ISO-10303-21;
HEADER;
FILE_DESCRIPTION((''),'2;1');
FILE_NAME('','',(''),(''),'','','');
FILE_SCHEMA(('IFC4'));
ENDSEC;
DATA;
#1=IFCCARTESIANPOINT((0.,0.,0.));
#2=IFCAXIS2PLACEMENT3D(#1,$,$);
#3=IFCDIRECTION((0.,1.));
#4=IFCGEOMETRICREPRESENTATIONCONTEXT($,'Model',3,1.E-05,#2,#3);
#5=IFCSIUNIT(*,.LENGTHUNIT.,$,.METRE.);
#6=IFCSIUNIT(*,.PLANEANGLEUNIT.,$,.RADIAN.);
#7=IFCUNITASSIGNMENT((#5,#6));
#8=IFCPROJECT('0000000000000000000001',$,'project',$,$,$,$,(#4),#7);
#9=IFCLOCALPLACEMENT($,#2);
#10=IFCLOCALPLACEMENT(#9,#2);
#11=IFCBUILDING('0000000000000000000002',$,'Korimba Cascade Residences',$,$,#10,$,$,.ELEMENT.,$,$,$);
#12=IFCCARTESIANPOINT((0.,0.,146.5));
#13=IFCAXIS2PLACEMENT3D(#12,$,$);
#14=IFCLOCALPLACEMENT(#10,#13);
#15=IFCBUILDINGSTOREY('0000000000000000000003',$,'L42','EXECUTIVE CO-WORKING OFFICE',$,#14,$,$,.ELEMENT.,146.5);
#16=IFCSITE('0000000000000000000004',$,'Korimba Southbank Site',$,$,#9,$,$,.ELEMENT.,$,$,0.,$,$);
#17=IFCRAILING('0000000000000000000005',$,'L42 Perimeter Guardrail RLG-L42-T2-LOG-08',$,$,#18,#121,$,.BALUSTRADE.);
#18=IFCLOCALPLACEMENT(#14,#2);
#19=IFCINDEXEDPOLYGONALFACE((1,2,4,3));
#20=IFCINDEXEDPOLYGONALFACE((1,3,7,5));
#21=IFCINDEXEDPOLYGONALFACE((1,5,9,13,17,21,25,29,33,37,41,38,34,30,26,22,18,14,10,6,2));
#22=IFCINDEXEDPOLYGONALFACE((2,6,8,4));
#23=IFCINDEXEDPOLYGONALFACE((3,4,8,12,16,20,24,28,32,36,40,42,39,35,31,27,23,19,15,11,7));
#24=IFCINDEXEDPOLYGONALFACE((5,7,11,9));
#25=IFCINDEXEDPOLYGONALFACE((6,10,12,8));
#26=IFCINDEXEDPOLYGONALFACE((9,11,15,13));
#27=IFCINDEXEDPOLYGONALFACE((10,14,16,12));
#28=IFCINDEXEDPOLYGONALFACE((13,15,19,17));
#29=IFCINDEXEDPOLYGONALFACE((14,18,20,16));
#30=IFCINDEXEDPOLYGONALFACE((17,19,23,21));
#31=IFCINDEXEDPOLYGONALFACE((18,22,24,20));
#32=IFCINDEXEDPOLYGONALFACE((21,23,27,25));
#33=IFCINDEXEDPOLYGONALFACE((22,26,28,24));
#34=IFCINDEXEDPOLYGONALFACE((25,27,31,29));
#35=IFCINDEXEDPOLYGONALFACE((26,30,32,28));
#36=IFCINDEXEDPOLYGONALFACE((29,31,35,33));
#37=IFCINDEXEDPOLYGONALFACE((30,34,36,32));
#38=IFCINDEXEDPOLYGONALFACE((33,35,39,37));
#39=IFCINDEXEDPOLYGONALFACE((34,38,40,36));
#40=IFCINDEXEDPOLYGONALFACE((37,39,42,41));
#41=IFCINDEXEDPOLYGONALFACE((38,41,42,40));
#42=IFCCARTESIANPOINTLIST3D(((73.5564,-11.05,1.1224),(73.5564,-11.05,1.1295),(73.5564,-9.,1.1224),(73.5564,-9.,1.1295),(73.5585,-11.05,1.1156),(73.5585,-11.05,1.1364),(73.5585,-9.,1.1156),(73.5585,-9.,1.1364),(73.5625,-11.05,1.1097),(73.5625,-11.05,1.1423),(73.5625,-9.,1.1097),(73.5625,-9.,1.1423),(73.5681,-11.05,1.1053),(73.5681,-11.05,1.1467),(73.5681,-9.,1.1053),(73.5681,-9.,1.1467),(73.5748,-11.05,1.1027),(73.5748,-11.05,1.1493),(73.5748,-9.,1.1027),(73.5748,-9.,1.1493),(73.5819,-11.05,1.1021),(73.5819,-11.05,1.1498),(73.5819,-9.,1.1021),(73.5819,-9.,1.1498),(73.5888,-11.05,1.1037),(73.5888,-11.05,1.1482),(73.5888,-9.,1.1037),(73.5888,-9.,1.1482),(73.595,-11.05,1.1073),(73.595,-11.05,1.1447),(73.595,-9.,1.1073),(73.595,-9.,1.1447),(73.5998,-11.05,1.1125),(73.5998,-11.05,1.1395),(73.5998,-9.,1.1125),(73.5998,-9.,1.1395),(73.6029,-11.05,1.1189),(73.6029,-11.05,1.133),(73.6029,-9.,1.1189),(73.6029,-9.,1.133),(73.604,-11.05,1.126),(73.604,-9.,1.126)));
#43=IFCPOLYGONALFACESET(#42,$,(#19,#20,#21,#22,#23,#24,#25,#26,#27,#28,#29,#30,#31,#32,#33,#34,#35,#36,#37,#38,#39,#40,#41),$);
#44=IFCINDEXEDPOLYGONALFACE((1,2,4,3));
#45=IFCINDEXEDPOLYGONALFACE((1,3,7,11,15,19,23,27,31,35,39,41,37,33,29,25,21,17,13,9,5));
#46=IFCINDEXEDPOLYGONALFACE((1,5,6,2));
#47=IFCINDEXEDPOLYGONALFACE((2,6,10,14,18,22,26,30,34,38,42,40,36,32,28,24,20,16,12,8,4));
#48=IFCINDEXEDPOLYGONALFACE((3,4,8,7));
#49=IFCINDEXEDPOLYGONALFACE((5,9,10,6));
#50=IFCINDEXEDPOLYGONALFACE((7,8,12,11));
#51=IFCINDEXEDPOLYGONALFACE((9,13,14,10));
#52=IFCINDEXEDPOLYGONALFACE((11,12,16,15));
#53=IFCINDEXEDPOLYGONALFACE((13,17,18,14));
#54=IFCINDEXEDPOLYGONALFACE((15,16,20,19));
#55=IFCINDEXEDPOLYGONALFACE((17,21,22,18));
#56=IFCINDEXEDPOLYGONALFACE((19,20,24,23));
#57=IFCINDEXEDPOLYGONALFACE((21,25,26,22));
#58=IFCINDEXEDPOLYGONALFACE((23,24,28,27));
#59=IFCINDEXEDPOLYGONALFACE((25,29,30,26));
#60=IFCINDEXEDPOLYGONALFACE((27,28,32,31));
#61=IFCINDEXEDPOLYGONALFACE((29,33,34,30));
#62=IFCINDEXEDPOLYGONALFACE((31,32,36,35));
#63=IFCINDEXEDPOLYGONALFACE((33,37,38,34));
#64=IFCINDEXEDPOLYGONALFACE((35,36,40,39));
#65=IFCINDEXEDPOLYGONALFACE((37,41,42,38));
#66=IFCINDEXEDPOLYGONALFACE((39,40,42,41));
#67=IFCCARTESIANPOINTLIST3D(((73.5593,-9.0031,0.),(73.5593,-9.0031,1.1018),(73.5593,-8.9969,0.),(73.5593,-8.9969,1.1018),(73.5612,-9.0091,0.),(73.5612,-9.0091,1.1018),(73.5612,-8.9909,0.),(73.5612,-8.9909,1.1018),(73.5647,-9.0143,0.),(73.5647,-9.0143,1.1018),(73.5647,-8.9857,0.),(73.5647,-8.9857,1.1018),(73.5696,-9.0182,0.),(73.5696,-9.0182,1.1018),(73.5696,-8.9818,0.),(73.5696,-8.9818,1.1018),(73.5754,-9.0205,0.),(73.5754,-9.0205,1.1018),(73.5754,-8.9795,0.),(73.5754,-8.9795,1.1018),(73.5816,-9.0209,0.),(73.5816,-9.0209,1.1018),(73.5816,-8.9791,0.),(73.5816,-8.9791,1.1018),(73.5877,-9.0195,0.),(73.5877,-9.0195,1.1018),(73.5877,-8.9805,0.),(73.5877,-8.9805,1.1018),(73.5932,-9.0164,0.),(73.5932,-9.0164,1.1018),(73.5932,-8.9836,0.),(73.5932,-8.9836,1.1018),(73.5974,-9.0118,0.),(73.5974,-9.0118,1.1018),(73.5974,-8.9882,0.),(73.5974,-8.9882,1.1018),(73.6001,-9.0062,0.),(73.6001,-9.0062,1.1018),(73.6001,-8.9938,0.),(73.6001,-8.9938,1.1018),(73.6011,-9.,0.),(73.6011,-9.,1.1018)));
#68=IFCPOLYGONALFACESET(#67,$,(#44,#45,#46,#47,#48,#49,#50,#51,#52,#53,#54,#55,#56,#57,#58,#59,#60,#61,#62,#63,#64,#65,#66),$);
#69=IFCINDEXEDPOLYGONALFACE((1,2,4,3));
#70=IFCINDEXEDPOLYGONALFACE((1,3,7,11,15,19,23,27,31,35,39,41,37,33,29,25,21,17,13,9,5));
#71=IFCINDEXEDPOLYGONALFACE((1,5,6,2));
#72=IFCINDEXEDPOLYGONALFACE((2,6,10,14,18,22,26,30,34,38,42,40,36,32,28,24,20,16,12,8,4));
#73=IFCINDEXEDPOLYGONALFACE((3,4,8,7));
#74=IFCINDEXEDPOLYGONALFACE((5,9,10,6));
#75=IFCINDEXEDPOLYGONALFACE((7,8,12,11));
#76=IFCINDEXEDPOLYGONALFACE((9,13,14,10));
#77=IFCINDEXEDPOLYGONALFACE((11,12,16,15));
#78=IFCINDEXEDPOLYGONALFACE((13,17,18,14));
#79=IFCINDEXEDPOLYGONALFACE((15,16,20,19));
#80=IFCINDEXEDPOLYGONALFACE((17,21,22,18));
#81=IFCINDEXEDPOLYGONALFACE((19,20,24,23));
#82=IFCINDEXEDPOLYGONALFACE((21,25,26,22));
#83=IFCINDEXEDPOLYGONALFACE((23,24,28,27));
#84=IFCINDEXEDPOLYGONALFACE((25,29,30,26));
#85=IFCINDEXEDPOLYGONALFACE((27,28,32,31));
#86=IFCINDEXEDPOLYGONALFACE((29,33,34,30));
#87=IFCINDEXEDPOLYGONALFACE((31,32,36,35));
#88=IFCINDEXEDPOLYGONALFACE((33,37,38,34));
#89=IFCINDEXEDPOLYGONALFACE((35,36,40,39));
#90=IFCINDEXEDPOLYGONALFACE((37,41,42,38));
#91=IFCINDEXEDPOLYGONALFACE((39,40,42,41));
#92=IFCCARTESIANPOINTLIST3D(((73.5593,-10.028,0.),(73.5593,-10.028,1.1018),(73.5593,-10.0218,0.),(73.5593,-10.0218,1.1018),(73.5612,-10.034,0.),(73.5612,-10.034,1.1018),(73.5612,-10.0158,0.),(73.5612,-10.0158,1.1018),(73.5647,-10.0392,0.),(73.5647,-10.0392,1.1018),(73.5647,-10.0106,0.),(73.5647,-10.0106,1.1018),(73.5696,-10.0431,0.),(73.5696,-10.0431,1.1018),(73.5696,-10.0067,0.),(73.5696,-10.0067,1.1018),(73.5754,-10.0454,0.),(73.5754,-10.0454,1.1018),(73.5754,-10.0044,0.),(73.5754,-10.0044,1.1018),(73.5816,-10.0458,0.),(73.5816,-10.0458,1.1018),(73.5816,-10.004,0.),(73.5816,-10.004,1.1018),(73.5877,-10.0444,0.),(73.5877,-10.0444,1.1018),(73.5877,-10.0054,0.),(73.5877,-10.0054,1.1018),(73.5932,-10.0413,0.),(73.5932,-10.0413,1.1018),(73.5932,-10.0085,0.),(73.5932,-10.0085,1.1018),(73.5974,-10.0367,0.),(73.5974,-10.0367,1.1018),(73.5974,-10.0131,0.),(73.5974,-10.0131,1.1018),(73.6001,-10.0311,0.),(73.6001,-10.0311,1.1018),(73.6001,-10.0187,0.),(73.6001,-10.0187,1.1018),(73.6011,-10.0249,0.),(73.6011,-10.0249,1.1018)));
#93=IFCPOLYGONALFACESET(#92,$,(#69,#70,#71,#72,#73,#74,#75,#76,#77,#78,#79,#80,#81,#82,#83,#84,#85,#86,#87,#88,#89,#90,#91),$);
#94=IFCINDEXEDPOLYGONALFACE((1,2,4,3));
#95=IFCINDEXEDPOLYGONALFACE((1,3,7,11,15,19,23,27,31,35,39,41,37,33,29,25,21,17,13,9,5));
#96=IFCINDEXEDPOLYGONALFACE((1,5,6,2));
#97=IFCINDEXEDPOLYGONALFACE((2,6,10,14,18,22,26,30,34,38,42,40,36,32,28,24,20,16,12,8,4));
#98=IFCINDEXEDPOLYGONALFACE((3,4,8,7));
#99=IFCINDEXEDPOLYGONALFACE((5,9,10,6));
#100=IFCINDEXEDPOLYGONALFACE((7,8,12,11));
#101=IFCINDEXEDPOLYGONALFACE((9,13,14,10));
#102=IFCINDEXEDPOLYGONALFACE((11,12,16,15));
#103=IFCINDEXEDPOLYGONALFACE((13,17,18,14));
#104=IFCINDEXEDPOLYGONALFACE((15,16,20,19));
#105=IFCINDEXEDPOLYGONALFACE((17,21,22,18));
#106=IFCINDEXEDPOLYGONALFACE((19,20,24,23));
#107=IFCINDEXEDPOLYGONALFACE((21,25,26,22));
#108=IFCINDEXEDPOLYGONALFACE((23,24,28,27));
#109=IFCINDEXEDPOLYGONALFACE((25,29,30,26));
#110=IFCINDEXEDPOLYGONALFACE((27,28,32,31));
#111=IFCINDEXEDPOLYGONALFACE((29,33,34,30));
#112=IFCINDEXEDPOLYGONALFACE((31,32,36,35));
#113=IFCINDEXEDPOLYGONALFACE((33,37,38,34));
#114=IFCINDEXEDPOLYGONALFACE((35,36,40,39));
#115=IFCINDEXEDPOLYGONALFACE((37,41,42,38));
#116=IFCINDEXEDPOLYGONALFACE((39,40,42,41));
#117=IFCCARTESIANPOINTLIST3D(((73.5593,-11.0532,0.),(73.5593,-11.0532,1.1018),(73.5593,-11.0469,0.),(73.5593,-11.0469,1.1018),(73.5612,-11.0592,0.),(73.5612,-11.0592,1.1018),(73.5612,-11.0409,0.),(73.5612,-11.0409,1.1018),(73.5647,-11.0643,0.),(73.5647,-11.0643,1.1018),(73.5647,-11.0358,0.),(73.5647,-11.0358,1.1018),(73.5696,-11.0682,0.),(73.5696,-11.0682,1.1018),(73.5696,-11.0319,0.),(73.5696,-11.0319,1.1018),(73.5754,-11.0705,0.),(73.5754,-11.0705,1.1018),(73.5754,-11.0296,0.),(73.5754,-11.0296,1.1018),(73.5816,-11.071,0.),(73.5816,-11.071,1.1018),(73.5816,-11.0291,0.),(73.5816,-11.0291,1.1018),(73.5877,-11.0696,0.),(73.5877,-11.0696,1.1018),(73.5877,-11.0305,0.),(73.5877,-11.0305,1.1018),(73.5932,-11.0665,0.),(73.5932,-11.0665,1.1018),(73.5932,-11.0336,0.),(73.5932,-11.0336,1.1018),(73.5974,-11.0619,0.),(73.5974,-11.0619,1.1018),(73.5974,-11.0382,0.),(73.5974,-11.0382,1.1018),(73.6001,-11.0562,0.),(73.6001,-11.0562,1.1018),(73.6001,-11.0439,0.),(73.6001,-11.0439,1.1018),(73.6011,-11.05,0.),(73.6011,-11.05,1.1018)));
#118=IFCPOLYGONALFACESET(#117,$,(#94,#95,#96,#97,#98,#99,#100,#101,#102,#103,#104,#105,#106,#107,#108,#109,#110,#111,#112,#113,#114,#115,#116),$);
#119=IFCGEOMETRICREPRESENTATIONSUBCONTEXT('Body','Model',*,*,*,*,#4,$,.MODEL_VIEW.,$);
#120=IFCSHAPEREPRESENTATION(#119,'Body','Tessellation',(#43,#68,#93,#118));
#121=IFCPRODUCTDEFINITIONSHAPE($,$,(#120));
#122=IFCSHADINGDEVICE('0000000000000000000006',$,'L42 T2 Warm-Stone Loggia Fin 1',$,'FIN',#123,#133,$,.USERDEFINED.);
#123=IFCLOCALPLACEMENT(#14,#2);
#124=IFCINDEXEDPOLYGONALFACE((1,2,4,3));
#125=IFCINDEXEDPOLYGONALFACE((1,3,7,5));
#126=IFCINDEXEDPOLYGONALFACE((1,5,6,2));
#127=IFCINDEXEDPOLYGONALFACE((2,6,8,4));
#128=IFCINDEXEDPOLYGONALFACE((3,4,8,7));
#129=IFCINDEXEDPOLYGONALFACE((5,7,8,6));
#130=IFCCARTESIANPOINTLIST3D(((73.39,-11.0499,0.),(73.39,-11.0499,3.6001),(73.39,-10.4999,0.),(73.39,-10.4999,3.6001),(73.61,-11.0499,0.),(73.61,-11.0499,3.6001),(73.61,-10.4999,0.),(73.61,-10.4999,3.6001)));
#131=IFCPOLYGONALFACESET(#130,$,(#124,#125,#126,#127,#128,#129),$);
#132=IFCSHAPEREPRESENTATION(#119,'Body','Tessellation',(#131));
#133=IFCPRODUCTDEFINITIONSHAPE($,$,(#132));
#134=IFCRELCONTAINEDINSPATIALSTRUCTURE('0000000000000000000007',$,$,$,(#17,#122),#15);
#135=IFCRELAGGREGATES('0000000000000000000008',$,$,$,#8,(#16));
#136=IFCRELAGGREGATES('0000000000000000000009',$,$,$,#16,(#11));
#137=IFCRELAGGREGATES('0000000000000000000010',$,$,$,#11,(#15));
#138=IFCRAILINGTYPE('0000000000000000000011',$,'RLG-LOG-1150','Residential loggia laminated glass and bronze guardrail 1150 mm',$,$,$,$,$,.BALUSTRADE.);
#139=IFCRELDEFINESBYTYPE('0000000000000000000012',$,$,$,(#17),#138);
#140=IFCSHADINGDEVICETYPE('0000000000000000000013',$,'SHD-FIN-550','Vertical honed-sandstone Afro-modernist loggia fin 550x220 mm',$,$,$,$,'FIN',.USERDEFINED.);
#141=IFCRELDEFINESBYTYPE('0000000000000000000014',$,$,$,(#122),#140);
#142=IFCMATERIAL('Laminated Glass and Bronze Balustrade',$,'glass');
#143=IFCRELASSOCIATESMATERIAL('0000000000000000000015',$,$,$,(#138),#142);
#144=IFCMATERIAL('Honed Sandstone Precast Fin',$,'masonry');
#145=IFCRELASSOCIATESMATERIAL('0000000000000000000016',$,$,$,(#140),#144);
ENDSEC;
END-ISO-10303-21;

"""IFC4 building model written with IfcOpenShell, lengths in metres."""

from ifc_helpers import new_model, si_unit, direction, frame, origin, origin_2d, place, context, subcontext, project, spatial, rectangle, circle, extrude, material, type_object, element, save


model = new_model("IFC4")

# Units and contexts
model_context = context("Model", 3, precision=1e-05, world=origin(), true_north=direction((0.0, 1.0)))
body_context = subcontext(model_context, "Body", "Model", "MODEL_VIEW")
ifc_project = project(units=[si_unit("LENGTHUNIT", "METRE"), si_unit("PLANEANGLEUNIT", "RADIAN")], contexts=[model_context])

# Site, building, storey
site_placement = place(None, origin())
site = spatial("IfcSite", under=ifc_project, at=site_placement, Name="Korimba Southbank Site", CompositionType="ELEMENT", RefElevation=0.0)
building_placement = place(site_placement, origin())
building = spatial("IfcBuilding", under=site, at=building_placement, Name="Korimba Cascade Residences", CompositionType="ELEMENT")
storey_placement = place(building_placement, frame((0.0, 0.0, 146.5)))
storey = spatial("IfcBuildingStorey", under=building, at=storey_placement, Name="L42", Description="EXECUTIVE CO-WORKING OFFICE", CompositionType="ELEMENT", Elevation=146.5)

# Railing
ifc_material_1 = material(Name="Laminated Glass and Bronze Balustrade", Category="glass")
railing_type = type_object("IfcRailingType", Name="RLG-LOG-1150", Description="Residential loggia laminated glass and bronze guardrail 1150 mm", PredefinedType="BALUSTRADE", material=ifc_material_1)
railing_1_placement = place(storey_placement, frame((73.5801, -9.0, 0.0)))
element("IfcRailing", 1, at=railing_1_placement, inside=storey, type_object=railing_type, Name="L42 Perimeter Guardrail RLG-L42-T2-LOG-08", PredefinedType="BALUSTRADE", context=body_context, shape_type="SweptSolid", body=[
    extrude(circle(Radius=0.0239, at=origin_2d()), frame((0.0, 0.0, 1.126), z_axis=(0.0, -1.0, 0.0), x_axis=(1.0, 0.0, 0.0)), (0.0, 0.0, 1.0), 2.05),
    extrude(circle(Radius=0.021, at=origin_2d()), origin(), (0.0, 0.0, 1.0), 1.1018),
    extrude(circle(Radius=0.021, at=origin_2d()), frame((0.0, -1.0249, 0.0)), (0.0, 0.0, 1.0), 1.1018),
    extrude(circle(Radius=0.021, at=origin_2d()), frame((0.0, -2.05, 0.0)), (0.0, 0.0, 1.0), 1.1018),
])

# Shading device
ifc_material_2 = material(Name="Honed Sandstone Precast Fin", Category="masonry")
shading_device_type = type_object("IfcShadingDeviceType", Name="SHD-FIN-550", Description="Vertical honed-sandstone Afro-modernist loggia fin 550x220 mm", ElementType="FIN", PredefinedType="USERDEFINED", material=ifc_material_2)
shading_device_placement = place(storey_placement, frame((73.5, -10.7749, 0.0), z_axis=(0.0, 0.0, 1.0), x_axis=(1.0, 0.0, 0.0)))
element("IfcShadingDevice", 2, at=shading_device_placement, inside=storey, type_object=shading_device_type, Name="L42 T2 Warm-Stone Loggia Fin 1", ObjectType="FIN", PredefinedType="USERDEFINED", context=body_context, shape_type="SweptSolid", body=[
    extrude(rectangle(XDim=0.22, YDim=0.55, at=origin_2d()), origin(), (0.0, 0.0, 1.0), 3.6001),
])

save(model, "model.ifc")
